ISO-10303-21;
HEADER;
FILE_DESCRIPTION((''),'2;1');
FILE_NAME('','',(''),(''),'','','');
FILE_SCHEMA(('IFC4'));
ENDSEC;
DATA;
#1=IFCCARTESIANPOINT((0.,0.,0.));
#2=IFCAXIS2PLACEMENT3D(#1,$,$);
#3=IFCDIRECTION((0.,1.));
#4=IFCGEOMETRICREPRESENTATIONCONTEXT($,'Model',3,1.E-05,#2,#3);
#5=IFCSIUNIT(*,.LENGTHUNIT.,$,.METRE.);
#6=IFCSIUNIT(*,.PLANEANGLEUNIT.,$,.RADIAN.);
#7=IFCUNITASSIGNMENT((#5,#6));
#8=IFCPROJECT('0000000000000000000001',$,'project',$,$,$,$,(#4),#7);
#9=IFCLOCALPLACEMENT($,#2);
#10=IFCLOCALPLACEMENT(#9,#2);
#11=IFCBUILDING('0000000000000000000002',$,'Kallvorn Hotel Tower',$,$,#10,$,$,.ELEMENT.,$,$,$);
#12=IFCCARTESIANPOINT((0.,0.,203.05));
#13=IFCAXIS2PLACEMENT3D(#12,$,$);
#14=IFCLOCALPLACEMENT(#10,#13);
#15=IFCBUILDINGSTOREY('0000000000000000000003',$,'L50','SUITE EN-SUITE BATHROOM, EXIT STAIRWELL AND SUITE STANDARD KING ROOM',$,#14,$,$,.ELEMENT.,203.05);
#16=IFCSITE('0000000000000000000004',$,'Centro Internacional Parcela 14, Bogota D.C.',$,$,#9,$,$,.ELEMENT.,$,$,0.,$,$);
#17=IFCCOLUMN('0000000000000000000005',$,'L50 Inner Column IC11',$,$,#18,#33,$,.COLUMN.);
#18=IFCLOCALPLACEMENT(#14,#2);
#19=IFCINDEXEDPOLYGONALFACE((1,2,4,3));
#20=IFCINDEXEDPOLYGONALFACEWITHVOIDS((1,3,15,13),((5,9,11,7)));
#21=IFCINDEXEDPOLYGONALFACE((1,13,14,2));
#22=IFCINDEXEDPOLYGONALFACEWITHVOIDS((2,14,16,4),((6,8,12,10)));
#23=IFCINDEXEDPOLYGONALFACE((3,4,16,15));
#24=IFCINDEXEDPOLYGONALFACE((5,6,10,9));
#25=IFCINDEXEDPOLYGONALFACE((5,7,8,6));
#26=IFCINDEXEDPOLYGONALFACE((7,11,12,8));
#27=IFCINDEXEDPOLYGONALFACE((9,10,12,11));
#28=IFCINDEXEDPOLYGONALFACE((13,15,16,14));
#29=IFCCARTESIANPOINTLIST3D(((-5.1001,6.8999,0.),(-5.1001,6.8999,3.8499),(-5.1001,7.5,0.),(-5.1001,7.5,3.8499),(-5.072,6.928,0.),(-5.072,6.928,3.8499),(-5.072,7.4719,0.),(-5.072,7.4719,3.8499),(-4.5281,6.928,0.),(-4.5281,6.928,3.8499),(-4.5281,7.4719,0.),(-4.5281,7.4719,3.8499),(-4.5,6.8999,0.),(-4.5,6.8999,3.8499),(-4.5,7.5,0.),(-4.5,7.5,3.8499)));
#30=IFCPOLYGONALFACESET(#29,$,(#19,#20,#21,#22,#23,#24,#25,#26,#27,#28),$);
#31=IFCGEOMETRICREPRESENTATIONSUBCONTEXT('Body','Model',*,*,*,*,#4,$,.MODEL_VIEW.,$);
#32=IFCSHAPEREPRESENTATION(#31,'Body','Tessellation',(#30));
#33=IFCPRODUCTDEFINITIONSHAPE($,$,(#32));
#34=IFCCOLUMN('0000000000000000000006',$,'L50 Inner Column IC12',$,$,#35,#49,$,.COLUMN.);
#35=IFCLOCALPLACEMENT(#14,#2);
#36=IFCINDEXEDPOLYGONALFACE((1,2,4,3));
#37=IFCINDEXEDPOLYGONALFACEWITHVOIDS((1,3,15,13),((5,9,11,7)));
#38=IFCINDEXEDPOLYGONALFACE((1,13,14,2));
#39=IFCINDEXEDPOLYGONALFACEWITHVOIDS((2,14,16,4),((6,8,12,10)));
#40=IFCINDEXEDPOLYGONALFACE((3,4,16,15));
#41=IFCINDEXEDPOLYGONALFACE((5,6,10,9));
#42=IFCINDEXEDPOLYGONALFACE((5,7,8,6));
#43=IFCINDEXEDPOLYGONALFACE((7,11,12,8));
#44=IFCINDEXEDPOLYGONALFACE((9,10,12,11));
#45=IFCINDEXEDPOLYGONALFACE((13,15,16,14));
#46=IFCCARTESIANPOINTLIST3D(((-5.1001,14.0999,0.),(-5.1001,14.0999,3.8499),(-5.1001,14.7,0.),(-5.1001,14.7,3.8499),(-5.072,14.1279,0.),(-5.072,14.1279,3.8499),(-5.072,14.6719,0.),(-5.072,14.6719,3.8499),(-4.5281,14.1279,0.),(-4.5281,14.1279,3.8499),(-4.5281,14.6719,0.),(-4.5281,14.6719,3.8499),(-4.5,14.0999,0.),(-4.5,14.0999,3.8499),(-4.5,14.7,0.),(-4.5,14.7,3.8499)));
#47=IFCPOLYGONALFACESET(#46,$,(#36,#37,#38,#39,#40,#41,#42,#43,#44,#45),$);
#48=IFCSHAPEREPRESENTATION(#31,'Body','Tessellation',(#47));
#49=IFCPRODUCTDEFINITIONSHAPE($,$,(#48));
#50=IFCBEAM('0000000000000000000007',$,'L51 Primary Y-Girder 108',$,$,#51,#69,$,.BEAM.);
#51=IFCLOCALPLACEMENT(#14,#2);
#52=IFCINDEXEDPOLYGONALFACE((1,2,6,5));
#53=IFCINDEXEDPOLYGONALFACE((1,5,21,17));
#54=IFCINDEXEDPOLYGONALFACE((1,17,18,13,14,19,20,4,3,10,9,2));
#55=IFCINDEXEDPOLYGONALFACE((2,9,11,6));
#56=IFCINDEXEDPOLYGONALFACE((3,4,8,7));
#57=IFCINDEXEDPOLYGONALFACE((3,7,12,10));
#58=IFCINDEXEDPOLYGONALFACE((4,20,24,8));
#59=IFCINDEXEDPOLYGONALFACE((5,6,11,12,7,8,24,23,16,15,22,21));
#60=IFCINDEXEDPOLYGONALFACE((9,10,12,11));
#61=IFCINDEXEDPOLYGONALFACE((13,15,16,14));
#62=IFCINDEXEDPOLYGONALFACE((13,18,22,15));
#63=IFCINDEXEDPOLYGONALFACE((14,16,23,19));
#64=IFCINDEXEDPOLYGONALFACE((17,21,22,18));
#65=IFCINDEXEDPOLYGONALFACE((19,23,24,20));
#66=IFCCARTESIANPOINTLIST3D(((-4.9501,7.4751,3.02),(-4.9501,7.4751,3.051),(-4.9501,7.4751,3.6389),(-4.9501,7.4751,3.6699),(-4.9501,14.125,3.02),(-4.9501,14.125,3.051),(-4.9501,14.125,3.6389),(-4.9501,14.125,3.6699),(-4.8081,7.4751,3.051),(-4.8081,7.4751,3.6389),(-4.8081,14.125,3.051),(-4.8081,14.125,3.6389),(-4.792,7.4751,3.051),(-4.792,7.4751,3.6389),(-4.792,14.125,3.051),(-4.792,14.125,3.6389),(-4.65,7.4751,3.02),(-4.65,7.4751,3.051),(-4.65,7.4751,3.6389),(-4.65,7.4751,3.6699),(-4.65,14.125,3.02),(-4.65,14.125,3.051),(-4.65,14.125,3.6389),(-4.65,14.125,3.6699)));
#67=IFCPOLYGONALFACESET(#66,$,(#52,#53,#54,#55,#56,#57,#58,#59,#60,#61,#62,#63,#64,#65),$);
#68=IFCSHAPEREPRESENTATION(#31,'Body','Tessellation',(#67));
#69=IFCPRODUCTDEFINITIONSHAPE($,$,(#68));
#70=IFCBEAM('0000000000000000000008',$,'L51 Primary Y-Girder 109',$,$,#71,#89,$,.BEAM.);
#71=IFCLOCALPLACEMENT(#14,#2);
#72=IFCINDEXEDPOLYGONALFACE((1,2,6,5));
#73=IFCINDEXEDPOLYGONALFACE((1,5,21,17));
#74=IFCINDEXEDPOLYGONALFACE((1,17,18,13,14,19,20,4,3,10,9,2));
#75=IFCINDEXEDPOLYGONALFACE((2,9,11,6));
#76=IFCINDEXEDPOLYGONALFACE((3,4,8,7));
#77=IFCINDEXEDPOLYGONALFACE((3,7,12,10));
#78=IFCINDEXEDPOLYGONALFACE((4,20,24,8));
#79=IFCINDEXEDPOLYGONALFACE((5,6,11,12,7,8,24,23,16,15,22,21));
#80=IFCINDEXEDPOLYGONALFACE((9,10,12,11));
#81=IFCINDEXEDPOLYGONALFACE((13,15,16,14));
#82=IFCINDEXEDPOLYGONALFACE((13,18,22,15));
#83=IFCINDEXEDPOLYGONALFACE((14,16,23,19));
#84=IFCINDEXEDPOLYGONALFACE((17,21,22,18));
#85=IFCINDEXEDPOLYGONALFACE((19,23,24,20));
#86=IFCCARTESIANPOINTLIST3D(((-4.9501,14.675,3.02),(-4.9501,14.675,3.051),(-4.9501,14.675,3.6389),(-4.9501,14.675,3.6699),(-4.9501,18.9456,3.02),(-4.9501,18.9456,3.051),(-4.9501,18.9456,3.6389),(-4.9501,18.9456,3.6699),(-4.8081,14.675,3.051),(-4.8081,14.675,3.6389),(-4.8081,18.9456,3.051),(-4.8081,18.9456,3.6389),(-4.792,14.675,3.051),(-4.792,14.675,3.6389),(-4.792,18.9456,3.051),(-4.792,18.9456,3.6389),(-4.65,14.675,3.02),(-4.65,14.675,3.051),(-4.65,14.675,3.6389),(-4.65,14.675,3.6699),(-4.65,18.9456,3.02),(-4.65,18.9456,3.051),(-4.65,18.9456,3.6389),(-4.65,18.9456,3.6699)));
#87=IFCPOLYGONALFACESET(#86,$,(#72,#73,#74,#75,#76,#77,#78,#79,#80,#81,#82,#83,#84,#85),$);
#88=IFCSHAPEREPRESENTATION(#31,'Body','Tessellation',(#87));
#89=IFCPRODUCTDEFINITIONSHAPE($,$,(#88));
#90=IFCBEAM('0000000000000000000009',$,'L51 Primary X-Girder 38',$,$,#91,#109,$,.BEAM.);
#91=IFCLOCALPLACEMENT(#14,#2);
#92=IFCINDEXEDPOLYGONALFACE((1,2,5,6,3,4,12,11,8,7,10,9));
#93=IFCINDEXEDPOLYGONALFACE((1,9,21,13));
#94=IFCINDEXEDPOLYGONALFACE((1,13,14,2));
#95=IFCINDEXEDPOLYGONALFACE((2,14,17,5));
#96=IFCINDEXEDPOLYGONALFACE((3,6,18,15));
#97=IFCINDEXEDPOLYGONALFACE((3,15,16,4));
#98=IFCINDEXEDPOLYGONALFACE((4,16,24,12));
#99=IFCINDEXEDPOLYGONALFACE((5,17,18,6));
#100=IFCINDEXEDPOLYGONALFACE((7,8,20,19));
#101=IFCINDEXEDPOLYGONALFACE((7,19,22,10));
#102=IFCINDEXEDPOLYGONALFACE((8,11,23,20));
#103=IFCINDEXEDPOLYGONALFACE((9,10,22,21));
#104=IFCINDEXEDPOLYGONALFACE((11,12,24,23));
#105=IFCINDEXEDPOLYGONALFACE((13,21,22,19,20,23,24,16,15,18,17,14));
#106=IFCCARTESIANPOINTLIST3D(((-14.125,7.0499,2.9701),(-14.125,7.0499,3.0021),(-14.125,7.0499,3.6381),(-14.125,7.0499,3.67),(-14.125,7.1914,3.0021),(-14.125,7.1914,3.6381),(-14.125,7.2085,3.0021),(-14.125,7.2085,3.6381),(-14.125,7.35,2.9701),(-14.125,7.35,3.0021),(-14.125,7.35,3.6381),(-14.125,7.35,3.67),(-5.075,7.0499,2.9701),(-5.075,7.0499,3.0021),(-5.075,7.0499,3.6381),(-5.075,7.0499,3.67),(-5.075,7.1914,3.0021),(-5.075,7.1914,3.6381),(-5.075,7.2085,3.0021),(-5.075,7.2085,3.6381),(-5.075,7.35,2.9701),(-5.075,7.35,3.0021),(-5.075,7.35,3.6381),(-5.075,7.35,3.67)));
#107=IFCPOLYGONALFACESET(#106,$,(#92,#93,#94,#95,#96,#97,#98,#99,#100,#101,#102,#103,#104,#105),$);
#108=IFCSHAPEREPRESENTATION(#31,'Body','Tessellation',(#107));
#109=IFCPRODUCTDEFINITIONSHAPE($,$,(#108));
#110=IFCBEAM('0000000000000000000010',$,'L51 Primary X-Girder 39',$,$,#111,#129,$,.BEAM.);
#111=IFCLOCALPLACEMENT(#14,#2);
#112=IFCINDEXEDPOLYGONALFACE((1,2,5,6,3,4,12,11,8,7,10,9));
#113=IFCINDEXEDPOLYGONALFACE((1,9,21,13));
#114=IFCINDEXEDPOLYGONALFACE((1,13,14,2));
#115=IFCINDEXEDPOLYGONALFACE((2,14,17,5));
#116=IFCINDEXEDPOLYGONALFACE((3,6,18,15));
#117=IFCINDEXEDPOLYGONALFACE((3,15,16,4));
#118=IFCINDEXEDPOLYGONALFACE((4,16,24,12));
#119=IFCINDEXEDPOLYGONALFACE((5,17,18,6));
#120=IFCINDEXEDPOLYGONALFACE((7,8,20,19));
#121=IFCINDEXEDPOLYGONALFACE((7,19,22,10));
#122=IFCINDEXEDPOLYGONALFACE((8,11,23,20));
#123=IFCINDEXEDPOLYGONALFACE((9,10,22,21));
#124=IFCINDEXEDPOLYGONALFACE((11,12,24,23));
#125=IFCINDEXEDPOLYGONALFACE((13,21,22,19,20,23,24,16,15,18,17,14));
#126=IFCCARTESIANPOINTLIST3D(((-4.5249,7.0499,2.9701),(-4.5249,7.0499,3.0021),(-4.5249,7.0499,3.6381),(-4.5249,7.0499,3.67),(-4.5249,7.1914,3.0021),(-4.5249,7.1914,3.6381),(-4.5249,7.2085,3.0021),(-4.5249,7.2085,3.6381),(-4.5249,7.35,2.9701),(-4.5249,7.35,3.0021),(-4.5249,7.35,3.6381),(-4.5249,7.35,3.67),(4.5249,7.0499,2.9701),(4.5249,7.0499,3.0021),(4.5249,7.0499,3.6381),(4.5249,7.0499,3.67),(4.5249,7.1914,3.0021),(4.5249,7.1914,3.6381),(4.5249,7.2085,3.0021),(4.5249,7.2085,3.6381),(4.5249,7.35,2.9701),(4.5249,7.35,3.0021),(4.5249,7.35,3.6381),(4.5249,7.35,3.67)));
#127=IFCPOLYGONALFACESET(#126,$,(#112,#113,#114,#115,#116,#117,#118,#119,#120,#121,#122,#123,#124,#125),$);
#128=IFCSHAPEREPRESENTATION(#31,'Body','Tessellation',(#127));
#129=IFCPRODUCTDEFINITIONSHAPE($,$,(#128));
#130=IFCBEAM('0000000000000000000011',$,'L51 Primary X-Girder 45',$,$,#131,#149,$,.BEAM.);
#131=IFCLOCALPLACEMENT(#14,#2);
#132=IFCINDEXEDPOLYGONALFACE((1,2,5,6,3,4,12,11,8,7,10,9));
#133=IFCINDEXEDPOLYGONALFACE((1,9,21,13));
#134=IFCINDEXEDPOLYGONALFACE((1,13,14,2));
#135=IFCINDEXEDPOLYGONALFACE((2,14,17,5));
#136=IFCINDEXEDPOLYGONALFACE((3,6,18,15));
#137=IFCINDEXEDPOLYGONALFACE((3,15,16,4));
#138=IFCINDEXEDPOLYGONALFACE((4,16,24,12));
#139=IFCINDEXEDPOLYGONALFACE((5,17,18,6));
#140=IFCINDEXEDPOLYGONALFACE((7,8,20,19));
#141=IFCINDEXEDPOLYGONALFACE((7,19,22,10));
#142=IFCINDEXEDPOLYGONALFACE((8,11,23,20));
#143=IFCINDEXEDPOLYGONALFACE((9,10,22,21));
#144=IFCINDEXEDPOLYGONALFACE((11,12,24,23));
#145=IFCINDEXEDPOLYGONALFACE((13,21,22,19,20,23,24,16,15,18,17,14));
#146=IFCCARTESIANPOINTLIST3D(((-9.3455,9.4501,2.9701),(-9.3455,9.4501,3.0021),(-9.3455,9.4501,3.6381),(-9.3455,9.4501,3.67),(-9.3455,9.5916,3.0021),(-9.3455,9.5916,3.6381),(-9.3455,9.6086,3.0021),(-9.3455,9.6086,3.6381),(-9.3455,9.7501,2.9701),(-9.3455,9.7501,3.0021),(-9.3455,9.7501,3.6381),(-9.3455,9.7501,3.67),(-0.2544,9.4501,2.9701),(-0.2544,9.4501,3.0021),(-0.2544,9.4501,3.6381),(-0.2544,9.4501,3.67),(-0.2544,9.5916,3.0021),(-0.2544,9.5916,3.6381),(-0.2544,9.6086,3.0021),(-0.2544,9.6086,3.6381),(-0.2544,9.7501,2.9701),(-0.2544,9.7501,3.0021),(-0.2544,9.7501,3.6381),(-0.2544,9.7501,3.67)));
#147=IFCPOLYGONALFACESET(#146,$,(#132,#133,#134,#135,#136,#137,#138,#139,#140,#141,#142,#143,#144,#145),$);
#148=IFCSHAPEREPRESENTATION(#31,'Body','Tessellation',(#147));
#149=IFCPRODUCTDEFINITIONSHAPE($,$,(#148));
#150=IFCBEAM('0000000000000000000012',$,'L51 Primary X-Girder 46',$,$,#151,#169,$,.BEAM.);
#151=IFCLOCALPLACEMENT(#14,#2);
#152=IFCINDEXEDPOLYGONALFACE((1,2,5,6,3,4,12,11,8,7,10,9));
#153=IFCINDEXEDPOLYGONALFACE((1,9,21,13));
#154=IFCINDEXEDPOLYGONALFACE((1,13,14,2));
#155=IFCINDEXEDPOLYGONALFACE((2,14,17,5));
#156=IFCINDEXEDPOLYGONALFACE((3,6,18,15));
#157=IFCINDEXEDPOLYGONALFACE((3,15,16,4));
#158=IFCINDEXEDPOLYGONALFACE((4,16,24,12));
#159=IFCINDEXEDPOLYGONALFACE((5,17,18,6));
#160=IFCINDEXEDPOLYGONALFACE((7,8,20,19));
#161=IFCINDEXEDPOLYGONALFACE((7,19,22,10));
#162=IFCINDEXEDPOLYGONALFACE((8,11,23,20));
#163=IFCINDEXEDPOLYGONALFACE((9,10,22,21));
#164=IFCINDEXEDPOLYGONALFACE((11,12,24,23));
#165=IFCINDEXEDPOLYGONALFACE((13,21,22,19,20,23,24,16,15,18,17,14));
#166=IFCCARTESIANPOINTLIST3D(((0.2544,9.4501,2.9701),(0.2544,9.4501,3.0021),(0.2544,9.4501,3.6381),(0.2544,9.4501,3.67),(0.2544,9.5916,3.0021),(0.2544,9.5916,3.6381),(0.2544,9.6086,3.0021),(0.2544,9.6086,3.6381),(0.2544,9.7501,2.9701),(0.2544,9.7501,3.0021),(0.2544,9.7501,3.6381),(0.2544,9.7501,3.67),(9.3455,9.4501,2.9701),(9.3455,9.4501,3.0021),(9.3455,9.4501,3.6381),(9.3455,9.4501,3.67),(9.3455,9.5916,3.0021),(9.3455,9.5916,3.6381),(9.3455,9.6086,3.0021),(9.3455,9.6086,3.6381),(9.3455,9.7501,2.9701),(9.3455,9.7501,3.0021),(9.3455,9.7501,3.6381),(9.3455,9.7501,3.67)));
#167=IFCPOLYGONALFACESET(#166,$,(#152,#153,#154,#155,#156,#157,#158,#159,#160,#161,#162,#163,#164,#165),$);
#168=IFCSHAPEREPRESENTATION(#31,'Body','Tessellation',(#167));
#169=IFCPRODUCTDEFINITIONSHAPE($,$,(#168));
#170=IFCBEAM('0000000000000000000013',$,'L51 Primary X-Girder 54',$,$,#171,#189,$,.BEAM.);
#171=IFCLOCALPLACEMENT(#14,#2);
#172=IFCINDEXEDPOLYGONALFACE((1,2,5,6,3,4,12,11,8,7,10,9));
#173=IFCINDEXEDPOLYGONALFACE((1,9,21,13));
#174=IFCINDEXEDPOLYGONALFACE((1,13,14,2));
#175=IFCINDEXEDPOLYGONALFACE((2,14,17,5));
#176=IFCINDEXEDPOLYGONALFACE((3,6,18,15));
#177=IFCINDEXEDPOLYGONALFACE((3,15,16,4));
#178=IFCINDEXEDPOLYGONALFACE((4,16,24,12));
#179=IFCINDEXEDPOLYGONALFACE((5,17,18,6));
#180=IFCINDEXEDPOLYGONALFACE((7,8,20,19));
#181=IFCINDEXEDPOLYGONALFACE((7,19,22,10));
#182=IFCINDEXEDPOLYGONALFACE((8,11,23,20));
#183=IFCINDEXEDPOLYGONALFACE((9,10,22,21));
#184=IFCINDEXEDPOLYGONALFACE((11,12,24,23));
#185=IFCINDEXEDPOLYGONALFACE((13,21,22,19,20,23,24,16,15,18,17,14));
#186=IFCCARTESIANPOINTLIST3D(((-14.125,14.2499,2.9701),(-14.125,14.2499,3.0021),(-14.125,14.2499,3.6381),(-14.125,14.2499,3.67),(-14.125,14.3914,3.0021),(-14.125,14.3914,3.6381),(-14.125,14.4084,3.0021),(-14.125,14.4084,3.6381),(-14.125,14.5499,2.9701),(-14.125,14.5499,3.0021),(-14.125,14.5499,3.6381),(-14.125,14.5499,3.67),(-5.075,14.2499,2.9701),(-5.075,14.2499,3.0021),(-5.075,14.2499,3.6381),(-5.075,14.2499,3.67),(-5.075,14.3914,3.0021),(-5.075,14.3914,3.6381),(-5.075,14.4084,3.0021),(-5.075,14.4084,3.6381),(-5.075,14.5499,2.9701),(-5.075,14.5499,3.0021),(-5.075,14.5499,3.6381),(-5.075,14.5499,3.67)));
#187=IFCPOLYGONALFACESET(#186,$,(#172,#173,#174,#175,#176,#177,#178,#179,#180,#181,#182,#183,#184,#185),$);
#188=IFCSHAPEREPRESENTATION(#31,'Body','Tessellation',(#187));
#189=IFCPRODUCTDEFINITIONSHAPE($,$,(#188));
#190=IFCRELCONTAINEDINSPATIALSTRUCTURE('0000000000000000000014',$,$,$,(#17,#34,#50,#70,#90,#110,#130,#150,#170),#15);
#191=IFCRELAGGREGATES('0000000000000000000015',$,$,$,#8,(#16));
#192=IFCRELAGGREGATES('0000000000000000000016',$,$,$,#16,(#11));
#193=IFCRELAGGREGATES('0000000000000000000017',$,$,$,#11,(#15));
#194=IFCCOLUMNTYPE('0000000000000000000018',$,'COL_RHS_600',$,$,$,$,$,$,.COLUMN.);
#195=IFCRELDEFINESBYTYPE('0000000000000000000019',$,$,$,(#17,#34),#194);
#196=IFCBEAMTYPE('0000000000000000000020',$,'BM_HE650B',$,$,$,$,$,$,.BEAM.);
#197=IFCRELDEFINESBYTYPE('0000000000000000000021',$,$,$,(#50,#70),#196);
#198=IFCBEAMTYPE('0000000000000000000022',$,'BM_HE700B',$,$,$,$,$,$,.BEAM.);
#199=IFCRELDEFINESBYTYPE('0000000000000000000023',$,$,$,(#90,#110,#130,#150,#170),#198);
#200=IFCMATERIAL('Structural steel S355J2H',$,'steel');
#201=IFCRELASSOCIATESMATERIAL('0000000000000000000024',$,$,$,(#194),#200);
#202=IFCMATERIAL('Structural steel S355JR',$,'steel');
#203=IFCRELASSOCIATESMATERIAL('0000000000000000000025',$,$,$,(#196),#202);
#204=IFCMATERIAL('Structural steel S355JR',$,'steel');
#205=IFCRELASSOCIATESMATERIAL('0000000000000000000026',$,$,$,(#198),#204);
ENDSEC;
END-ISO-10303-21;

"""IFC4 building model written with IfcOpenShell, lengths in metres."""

from ifc_helpers import new_model, si_unit, direction, frame, origin, origin_2d, place, context, subcontext, project, spatial, hollow_rectangle, i_section, extrude, material, material_profile, profile_set, type_object, element, save


model = new_model("IFC4")

# Units and contexts
model_context = context("Model", 3, precision=1e-05, world=origin(), true_north=direction((0.0, 1.0)))
body_context = subcontext(model_context, "Body", "Model", "MODEL_VIEW")
ifc_project = project(units=[si_unit("LENGTHUNIT", "METRE"), si_unit("PLANEANGLEUNIT", "RADIAN")], contexts=[model_context])

# Site, building, storey
site_placement = place(None, origin())
site = spatial("IfcSite", under=ifc_project, at=site_placement, Name="Centro Internacional Parcela 14, Bogota D.C.", CompositionType="ELEMENT", RefElevation=0.0)
building_placement = place(site_placement, origin())
building = spatial("IfcBuilding", under=site, at=building_placement, Name="Kallvorn Hotel Tower", CompositionType="ELEMENT")
storey_placement = place(building_placement, frame((0.0, 0.0, 203.05)))
storey = spatial("IfcBuildingStorey", under=building, at=storey_placement, Name="L50", Description="SUITE EN-SUITE BATHROOM, EXIT STAIRWELL AND SUITE STANDARD KING ROOM", CompositionType="ELEMENT", Elevation=203.05)

# Columns
ifc_material_1 = material(Name="Structural steel S355J2H", Category="steel")
ifc_material_profile_1 = material_profile(ifc_material_1, hollow_rectangle(XDim=0.6001, YDim=0.6001, WallThickness=0.0281, at=origin_2d()), Name="RHS 600x600x28")
ifc_profile_set_1 = profile_set([ifc_material_profile_1], Name="Structural steel S355J2H")
column_type_1 = type_object("IfcColumnType", Name="COL_RHS_600", PredefinedType="COLUMN", material=ifc_profile_set_1)
for number, where, z_axis, x_axis, name in (
    (1, (-4.8, 7.2, 0.0), (0.0, 0.0, 1.0), (1.0, 0.0, 0.0), "L50 Inner Column IC11"),
    (2, (-4.8, 14.3999, 0.0), (0.0, 0.0, 1.0), (1.0, 0.0, 0.0), "L50 Inner Column IC12"),
):
    element("IfcColumn", number, at=place(storey_placement, frame(where, z_axis=z_axis, x_axis=x_axis)), inside=storey, type_object=column_type_1, Name=name, PredefinedType="COLUMN", context=body_context, shape_type="SweptSolid", body=[
        extrude(hollow_rectangle(XDim=0.6001, YDim=0.6001, WallThickness=0.0281, at=origin_2d()), origin(), (0.0, 0.0, 1.0), 3.8499),
    ])

# Beams
ifc_material_2 = material(Name="Structural steel S355JR", Category="steel")
ifc_material_profile_2 = material_profile(ifc_material_2, i_section(OverallWidth=0.3, OverallDepth=0.6499, WebThickness=0.0161, FlangeThickness=0.031, at=origin_2d()), Name="HE 650 B")
ifc_profile_set_2 = profile_set([ifc_material_profile_2], Name="Structural steel S355JR")
beam_type_1 = type_object("IfcBeamType", Name="BM_HE650B", PredefinedType="BEAM", material=ifc_profile_set_2)
beam_1_placement = place(storey_placement, frame((-4.8, 7.4751, 3.345), z_axis=(0.0, 1.0, 0.0), x_axis=(-1.0, 0.0, 0.0)))
element("IfcBeam", 3, at=beam_1_placement, inside=storey, type_object=beam_type_1, Name="L51 Primary Y-Girder 108", PredefinedType="BEAM", context=body_context, shape_type="SweptSolid", body=[
    extrude(i_section(OverallWidth=0.3, OverallDepth=0.6499, WebThickness=0.0161, FlangeThickness=0.031, at=origin_2d()), origin(), (0.0, 0.0, 1.0), 6.6499),
])
beam_2_placement = place(storey_placement, frame((-4.8, 14.675, 3.345), z_axis=(0.0, 1.0, 0.0), x_axis=(-1.0, 0.0, 0.0)))
element("IfcBeam", 4, at=beam_2_placement, inside=storey, type_object=beam_type_1, Name="L51 Primary Y-Girder 109", PredefinedType="BEAM", context=body_context, shape_type="SweptSolid", body=[
    extrude(i_section(OverallWidth=0.3, OverallDepth=0.6499, WebThickness=0.0161, FlangeThickness=0.031, at=origin_2d()), origin(), (0.0, 0.0, 1.0), 4.2705),
])
ifc_material_3 = material(Name="Structural steel S355JR", Category="steel")
ifc_material_profile_3 = material_profile(ifc_material_3, i_section(OverallWidth=0.3, OverallDepth=0.7, WebThickness=0.0171, FlangeThickness=0.032, at=origin_2d()), Name="HE 700 B")
ifc_profile_set_3 = profile_set([ifc_material_profile_3], Name="Structural steel S355JR")
beam_type_2 = type_object("IfcBeamType", Name="BM_HE700B", PredefinedType="BEAM", material=ifc_profile_set_3)
beam_3_placement = place(storey_placement, frame((-14.125, 7.2, 3.3201), z_axis=(1.0, 0.0, 0.0), x_axis=(0.0, 1.0, 0.0)))
element("IfcBeam", 5, at=beam_3_placement, inside=storey, type_object=beam_type_2, Name="L51 Primary X-Girder 38", PredefinedType="BEAM", context=body_context, shape_type="SweptSolid", body=[
    extrude(i_section(OverallWidth=0.3, OverallDepth=0.7, WebThickness=0.0171, FlangeThickness=0.032, at=origin_2d()), origin(), (0.0, 0.0, 1.0), 9.05),
])
beam_4_placement = place(storey_placement, frame((-4.5249, 7.2, 3.3201), z_axis=(1.0, 0.0, 0.0), x_axis=(0.0, 1.0, 0.0)))
element("IfcBeam", 6, at=beam_4_placement, inside=storey, type_object=beam_type_2, Name="L51 Primary X-Girder 39", PredefinedType="BEAM", context=body_context, shape_type="SweptSolid", body=[
    extrude(i_section(OverallWidth=0.3, OverallDepth=0.7, WebThickness=0.0171, FlangeThickness=0.032, at=origin_2d()), origin(), (0.0, 0.0, 1.0), 9.0498),
])
for number, where, z_axis, x_axis, name in (
    (7, (-9.3455, 9.6001, 3.3201), (1.0, 0.0, 0.0), (0.0, 1.0, 0.0), "L51 Primary X-Girder 45"),
    (8, (0.2544, 9.6001, 3.3201), (1.0, 0.0, 0.0), (0.0, 1.0, 0.0), "L51 Primary X-Girder 46"),
):
    element("IfcBeam", number, at=place(storey_placement, frame(where, z_axis=z_axis, x_axis=x_axis)), inside=storey, type_object=beam_type_2, Name=name, PredefinedType="BEAM", context=body_context, shape_type="SweptSolid", body=[
        extrude(i_section(OverallWidth=0.3, OverallDepth=0.7, WebThickness=0.0171, FlangeThickness=0.032, at=origin_2d()), origin(), (0.0, 0.0, 1.0), 9.0911),
    ])
beam_5_placement = place(storey_placement, frame((-14.125, 14.3999, 3.3201), z_axis=(1.0, 0.0, 0.0), x_axis=(0.0, 1.0, 0.0)))
element("IfcBeam", 9, at=beam_5_placement, inside=storey, type_object=beam_type_2, Name="L51 Primary X-Girder 54", PredefinedType="BEAM", context=body_context, shape_type="SweptSolid", body=[
    extrude(i_section(OverallWidth=0.3, OverallDepth=0.7, WebThickness=0.0171, FlangeThickness=0.032, at=origin_2d()), origin(), (0.0, 0.0, 1.0), 9.05),
])

save(model, "model.ifc")
